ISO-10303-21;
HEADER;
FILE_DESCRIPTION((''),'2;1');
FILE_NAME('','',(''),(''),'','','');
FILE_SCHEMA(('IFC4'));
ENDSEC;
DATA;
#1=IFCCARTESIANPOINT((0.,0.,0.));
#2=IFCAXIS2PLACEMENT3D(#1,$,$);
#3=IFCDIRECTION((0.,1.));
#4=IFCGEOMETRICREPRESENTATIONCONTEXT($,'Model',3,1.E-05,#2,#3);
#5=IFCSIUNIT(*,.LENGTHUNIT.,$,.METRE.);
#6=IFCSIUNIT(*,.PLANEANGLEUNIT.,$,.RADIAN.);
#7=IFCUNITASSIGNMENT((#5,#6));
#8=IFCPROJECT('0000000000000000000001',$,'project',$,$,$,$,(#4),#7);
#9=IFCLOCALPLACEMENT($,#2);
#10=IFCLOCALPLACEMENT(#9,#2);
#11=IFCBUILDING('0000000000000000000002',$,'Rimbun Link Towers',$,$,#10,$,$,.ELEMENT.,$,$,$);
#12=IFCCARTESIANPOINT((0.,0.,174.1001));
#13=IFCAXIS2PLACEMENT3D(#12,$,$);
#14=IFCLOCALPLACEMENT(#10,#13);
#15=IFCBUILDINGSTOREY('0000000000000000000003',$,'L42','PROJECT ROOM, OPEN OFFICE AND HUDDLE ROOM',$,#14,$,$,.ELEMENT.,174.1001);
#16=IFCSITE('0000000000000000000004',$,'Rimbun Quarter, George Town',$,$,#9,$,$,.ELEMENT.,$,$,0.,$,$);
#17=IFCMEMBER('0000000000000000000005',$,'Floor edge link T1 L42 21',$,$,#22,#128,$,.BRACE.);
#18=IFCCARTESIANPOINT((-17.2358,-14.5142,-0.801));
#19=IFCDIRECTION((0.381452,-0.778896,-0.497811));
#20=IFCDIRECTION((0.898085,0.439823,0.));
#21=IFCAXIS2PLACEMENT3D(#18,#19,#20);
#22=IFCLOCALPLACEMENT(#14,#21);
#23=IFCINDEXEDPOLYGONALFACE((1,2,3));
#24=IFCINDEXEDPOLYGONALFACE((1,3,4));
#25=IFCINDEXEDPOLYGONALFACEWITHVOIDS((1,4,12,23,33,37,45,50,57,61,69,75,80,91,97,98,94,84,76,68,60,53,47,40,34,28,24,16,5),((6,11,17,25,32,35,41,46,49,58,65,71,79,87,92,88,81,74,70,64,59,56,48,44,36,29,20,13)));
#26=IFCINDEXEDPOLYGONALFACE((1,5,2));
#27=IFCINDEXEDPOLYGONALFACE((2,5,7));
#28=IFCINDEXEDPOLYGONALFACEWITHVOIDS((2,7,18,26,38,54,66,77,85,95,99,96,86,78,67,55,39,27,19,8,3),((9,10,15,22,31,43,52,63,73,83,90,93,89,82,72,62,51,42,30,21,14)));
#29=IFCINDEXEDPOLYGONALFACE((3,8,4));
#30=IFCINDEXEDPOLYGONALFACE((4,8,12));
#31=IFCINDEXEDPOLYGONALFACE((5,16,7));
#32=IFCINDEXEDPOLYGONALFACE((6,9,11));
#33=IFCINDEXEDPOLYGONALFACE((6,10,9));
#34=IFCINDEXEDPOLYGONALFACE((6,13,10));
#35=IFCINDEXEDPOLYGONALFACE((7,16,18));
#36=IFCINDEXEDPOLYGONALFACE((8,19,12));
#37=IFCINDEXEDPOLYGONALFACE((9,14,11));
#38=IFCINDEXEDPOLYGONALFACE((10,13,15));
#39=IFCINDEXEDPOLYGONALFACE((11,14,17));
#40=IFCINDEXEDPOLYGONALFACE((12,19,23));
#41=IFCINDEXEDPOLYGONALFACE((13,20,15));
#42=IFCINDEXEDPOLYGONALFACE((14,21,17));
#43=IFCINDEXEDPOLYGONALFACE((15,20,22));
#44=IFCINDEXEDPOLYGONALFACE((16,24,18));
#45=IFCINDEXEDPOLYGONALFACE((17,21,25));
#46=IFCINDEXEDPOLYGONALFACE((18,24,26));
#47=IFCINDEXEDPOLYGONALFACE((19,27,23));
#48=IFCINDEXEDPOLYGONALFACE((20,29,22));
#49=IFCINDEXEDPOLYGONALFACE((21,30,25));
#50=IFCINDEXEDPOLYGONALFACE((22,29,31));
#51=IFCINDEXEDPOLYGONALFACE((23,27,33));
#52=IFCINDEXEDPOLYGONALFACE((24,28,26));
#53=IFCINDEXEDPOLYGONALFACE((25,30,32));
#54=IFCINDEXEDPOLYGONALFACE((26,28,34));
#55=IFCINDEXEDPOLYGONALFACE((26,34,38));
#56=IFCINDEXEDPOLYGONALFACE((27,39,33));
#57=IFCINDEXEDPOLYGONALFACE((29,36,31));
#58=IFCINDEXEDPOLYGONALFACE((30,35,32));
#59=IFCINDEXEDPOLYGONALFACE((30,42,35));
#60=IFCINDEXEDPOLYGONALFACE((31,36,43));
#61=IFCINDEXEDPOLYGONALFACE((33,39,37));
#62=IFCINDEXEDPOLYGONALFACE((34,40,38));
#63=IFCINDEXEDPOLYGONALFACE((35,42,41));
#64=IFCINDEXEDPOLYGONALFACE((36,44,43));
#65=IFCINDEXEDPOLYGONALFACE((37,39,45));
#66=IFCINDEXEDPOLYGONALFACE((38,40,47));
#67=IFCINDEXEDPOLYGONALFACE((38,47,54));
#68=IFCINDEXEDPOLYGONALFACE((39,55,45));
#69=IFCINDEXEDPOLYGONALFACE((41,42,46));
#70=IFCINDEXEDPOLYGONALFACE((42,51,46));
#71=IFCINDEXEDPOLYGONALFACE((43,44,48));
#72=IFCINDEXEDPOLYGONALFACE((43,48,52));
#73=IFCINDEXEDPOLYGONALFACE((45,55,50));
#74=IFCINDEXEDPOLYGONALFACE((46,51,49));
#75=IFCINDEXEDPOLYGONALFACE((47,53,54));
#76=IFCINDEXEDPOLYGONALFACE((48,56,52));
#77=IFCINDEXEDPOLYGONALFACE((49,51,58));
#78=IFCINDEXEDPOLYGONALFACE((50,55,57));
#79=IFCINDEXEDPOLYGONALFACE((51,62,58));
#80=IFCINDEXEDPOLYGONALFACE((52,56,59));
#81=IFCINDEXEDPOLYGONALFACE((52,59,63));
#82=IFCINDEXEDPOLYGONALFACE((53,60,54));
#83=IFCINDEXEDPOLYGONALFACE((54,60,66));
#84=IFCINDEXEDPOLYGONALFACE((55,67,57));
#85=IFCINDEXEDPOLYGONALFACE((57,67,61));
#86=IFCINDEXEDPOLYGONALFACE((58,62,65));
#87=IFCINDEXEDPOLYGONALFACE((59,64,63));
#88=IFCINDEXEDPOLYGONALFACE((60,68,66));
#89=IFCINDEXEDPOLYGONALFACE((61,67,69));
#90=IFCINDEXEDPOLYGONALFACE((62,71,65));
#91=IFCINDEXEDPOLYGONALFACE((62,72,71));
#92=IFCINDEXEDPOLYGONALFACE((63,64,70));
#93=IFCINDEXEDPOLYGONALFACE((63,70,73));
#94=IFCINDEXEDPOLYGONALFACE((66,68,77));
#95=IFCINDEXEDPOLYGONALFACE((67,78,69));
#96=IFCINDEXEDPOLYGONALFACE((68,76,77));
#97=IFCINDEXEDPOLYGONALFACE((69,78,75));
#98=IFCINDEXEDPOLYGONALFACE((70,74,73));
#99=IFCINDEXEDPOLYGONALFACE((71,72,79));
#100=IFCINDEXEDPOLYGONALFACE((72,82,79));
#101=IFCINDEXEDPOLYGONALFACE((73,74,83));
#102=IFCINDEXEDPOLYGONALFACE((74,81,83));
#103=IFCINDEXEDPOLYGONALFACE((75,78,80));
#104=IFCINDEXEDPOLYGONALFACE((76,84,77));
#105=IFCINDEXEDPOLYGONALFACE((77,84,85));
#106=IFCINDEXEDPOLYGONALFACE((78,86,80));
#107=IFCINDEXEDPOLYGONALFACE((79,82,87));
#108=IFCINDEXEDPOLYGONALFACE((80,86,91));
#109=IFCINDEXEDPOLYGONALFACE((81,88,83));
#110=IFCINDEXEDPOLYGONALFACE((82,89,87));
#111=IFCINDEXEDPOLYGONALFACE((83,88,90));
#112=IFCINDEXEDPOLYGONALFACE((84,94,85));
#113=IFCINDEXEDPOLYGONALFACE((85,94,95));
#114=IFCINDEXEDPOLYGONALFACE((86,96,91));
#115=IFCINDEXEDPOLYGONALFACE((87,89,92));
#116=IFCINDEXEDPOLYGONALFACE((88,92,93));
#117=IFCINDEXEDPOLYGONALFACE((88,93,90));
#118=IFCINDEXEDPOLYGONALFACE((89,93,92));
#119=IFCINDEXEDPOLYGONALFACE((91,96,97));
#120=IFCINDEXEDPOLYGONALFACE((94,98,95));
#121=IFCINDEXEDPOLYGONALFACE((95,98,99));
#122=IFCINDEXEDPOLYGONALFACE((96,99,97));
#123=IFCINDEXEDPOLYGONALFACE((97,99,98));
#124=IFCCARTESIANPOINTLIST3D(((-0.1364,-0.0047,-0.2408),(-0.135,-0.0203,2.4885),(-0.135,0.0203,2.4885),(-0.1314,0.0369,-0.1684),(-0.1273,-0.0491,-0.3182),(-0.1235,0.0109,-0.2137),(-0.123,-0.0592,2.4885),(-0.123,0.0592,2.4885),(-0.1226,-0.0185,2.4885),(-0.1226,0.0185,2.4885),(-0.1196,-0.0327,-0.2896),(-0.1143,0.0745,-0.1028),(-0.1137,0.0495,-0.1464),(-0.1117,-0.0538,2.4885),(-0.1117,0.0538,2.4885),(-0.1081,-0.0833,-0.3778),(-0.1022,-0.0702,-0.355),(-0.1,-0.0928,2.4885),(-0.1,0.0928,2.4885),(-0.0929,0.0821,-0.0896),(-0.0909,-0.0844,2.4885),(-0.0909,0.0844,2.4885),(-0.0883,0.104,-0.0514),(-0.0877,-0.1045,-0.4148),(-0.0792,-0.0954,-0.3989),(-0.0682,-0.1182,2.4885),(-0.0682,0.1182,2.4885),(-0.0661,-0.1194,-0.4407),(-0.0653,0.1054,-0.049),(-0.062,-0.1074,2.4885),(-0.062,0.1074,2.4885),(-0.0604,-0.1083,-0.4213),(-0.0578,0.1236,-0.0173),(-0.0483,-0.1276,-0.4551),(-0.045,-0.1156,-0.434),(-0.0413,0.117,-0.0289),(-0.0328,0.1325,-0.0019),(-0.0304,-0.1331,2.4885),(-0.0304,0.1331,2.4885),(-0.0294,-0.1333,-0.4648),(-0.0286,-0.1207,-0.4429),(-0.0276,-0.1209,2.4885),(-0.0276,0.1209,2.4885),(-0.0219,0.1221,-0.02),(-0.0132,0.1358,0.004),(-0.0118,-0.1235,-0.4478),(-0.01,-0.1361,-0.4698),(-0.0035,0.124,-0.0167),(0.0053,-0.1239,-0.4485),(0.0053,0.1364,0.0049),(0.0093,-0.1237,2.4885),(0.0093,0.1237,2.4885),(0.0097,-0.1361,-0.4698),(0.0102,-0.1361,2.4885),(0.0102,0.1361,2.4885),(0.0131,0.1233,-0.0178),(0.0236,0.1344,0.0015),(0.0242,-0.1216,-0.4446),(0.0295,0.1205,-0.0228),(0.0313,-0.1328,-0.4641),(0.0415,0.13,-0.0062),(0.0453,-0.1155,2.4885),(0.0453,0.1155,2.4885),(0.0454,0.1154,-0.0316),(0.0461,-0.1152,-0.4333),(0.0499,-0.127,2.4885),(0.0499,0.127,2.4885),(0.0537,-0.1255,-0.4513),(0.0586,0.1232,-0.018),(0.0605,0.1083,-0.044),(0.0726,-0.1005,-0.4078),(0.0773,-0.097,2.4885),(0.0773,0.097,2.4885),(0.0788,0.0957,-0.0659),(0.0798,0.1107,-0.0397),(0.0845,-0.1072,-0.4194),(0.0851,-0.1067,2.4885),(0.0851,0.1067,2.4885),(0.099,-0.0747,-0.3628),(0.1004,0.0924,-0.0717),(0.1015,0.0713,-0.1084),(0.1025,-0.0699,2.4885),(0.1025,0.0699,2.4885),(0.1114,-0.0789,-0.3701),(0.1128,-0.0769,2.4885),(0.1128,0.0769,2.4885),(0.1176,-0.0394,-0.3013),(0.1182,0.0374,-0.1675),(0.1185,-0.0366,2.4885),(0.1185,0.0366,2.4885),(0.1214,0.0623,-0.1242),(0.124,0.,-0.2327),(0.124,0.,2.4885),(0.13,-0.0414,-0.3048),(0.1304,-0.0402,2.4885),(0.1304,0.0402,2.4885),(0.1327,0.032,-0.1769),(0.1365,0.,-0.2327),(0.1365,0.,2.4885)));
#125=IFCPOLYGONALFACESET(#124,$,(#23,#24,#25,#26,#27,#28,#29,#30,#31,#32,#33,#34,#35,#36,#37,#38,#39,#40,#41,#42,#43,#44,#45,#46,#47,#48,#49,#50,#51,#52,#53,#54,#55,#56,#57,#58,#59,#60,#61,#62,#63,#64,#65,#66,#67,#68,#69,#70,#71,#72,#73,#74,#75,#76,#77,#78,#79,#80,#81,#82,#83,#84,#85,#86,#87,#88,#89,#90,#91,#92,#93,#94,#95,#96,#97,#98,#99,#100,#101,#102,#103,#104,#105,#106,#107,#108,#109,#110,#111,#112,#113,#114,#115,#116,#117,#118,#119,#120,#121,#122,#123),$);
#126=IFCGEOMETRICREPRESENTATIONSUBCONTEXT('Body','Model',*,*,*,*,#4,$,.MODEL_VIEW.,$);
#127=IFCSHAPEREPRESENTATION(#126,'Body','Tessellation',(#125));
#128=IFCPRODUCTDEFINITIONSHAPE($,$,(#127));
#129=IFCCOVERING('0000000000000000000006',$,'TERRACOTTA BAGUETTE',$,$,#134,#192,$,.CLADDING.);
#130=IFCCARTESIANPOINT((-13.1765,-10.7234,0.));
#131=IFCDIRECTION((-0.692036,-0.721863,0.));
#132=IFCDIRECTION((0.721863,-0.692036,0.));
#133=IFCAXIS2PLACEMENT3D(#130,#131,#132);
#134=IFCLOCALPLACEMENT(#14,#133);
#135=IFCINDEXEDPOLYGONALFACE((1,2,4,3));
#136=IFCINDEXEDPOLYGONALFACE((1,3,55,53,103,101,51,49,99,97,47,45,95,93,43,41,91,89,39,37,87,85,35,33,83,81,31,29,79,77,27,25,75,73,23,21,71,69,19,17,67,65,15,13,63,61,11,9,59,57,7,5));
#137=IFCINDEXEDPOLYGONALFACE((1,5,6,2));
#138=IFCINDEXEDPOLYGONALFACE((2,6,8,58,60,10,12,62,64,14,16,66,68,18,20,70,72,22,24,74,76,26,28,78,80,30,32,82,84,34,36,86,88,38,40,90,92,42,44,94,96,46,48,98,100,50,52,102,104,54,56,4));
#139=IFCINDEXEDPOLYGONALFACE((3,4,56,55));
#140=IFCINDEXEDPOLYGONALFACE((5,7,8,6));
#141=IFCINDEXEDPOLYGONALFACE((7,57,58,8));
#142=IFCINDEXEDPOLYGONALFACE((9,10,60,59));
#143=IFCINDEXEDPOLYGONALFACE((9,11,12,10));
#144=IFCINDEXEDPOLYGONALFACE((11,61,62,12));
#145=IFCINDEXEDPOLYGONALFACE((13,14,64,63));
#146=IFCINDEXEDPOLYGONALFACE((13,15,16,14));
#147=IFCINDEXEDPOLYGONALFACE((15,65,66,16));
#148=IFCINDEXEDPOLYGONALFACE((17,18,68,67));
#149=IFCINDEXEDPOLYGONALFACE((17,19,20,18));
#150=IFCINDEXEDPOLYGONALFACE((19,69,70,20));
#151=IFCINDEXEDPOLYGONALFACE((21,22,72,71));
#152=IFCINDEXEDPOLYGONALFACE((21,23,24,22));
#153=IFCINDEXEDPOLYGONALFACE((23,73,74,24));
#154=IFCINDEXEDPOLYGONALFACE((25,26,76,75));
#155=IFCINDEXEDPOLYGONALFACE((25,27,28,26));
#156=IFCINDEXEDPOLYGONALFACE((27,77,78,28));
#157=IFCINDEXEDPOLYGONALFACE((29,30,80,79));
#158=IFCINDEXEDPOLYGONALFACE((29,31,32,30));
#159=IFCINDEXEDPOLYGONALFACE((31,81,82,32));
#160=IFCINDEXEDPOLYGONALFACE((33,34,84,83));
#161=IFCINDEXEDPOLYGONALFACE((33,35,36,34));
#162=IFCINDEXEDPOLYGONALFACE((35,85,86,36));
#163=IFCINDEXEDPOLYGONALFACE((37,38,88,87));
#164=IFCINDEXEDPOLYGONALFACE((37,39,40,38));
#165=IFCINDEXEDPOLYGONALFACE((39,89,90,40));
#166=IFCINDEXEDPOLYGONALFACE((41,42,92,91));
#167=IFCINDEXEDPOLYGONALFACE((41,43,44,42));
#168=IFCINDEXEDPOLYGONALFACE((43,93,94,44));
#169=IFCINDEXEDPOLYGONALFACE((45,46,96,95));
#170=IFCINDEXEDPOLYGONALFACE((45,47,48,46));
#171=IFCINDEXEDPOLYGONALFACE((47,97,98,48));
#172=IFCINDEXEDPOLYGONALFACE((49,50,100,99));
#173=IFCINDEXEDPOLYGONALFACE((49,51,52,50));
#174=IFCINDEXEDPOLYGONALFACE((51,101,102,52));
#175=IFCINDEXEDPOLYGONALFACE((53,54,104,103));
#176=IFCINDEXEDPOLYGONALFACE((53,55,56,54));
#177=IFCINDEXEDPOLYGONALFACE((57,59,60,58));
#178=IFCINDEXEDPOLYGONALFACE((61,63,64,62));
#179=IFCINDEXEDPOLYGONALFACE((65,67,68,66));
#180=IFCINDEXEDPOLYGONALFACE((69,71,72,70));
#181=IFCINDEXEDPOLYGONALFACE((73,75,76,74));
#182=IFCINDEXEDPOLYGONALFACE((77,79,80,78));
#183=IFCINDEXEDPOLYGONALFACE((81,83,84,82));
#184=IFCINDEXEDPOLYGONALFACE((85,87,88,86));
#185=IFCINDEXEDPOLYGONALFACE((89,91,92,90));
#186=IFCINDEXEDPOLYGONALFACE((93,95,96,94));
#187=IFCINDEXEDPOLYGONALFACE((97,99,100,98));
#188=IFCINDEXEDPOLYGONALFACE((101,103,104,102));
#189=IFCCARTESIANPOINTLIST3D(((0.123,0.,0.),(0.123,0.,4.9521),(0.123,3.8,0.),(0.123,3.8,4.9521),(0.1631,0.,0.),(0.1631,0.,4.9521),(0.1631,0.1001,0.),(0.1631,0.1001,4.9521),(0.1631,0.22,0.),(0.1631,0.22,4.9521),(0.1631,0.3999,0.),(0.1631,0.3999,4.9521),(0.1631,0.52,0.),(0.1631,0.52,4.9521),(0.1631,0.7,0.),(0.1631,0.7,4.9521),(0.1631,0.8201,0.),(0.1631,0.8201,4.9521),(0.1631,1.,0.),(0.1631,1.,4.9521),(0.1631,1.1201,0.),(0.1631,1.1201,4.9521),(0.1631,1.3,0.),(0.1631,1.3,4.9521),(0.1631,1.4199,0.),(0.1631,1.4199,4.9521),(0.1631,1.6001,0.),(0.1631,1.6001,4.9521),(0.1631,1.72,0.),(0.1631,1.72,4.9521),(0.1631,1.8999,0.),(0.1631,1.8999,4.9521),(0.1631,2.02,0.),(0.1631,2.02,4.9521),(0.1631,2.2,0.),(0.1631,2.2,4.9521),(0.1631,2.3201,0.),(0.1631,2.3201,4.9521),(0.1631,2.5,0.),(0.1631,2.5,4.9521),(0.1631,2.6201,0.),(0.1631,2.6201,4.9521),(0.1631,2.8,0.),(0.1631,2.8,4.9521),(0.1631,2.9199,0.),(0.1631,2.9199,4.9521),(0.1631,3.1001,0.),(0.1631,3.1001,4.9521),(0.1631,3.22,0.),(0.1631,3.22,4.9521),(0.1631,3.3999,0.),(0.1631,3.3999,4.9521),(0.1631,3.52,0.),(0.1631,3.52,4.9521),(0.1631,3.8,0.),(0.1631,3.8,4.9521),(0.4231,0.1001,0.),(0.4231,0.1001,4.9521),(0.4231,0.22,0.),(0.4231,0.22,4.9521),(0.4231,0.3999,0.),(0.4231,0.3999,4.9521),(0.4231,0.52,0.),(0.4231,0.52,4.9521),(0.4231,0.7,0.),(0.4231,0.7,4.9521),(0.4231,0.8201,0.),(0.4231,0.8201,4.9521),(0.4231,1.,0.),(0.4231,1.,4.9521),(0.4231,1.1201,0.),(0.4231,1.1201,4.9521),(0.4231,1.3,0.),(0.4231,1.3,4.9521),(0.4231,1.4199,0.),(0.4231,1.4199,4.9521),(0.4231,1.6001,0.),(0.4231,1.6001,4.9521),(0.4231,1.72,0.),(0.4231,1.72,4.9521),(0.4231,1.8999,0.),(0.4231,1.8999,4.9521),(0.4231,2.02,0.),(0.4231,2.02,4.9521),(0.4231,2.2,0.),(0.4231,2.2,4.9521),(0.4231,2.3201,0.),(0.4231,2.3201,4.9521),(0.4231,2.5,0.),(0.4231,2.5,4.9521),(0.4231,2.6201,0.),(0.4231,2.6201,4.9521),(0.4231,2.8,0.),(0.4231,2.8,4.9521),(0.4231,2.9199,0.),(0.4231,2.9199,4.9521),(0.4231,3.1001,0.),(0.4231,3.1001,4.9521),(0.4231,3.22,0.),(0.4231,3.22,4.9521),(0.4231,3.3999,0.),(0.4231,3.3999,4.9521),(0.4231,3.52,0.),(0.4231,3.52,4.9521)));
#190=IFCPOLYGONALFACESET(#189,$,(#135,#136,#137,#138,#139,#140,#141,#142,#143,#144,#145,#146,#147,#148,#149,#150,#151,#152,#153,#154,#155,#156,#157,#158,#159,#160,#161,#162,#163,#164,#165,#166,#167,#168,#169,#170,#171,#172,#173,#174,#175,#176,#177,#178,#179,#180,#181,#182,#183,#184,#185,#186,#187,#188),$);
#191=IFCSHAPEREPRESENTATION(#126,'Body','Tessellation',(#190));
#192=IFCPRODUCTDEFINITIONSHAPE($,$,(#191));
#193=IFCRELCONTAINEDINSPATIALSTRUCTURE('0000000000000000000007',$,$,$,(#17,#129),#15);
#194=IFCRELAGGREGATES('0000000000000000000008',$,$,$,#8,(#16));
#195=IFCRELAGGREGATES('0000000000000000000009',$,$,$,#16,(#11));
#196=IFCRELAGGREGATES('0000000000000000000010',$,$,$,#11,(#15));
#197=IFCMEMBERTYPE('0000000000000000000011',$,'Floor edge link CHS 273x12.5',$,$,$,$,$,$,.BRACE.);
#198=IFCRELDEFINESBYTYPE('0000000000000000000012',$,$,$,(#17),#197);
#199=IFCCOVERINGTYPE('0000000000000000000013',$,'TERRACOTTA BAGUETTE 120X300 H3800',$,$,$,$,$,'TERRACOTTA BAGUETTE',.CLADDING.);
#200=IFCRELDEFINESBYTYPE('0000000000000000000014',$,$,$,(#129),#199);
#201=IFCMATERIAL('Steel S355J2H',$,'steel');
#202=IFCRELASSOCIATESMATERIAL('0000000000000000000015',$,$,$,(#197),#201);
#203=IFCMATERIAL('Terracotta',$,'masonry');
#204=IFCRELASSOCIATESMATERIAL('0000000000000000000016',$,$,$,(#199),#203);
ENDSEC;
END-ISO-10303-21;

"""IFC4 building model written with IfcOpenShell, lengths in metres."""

from ifc_helpers import new_model, si_unit, direction, frame, origin, origin_2d, place, context, subcontext, project, spatial, polyline, hollow_circle, outline, extrude, clip, halfspace, material, material_profile, profile_set, type_object, element, save


model = new_model("IFC4")

# Units and contexts
model_context = context("Model", 3, precision=1e-05, world=origin(), true_north=direction((0.0, 1.0)))
body_context = subcontext(model_context, "Body", "Model", "MODEL_VIEW")
ifc_project = project(units=[si_unit("LENGTHUNIT", "METRE"), si_unit("PLANEANGLEUNIT", "RADIAN")], contexts=[model_context])

# Site, building, storey
site_placement = place(None, origin())
site = spatial("IfcSite", under=ifc_project, at=site_placement, Name="Rimbun Quarter, George Town", CompositionType="ELEMENT", RefElevation=0.0)
building_placement = place(site_placement, origin())
building = spatial("IfcBuilding", under=site, at=building_placement, Name="Rimbun Link Towers", CompositionType="ELEMENT")
storey_placement = place(building_placement, frame((0.0, 0.0, 174.1001)))
storey = spatial("IfcBuildingStorey", under=building, at=storey_placement, Name="L42", Description="PROJECT ROOM, OPEN OFFICE AND HUDDLE ROOM", CompositionType="ELEMENT", Elevation=174.1001)

# Member
ifc_material_1 = material(Name="Steel S355J2H", Category="steel")
ifc_material_profile_1 = material_profile(ifc_material_1, hollow_circle(Radius=0.1365, WallThickness=0.0125, at=origin_2d()), Name="CHS 273x12.5")
ifc_profile_set_1 = profile_set([ifc_material_profile_1], Name="Steel S355J2H")
member_type_1 = type_object("IfcMemberType", Name="Floor edge link CHS 273x12.5", PredefinedType="BRACE", material=ifc_profile_set_1)
member_1_placement = place(storey_placement, frame((-17.2358, -14.5142, -0.801), z_axis=(0.381452, -0.778896, -0.497811), x_axis=(0.898085, 0.439823, 0.0)))
element("IfcMember", 1, at=member_1_placement, inside=storey, type_object=member_type_1, Name="Floor edge link T1 L42 21", PredefinedType="BRACE", context=body_context, shape_type="Clipping", body=[
    clip(extrude(hollow_circle(Radius=0.1365, WallThickness=0.0125, at=origin_2d()), frame((0.0, 0.0, -0.4956)), (0.0, 0.0, 1.0), 2.9841), halfspace(frame((0.0, 0.0, -0.2327), z_axis=(0.0, 0.867286, -0.497811)), False)),
])

# Covering
ifc_material_2 = material(Name="Terracotta", Category="masonry")
ifc_material_profile_2 = material_profile(ifc_material_2, outline(polyline([(0.123, 0.0), (0.1631, 0.0), (0.1631, 0.1001), (0.4231, 0.1001), (0.4231, 0.22), (0.1631, 0.22), (0.1631, 0.3999), (0.4231, 0.3999), (0.4231, 0.52), (0.1631, 0.52), (0.1631, 0.7), (0.4231, 0.7), (0.4231, 0.8201), (0.1631, 0.8201), (0.1631, 1.0), (0.4231, 1.0), (0.4231, 1.1201), (0.1631, 1.1201), (0.1631, 1.3), (0.4231, 1.3), (0.4231, 1.4199), (0.1631, 1.4199), (0.1631, 1.6001), (0.4231, 1.6001), (0.4231, 1.72), (0.1631, 1.72), (0.1631, 1.8999), (0.4231, 1.8999), (0.4231, 2.02), (0.1631, 2.02), (0.1631, 2.2), (0.4231, 2.2), (0.4231, 2.3201), (0.1631, 2.3201), (0.1631, 2.5), (0.4231, 2.5), (0.4231, 2.6201), (0.1631, 2.6201), (0.1631, 2.8), (0.4231, 2.8), (0.4231, 2.9199), (0.1631, 2.9199), (0.1631, 3.1001), (0.4231, 3.1001), (0.4231, 3.22), (0.1631, 3.22), (0.1631, 3.3999), (0.4231, 3.3999), (0.4231, 3.52), (0.1631, 3.52), (0.1631, 3.8), (0.123, 3.8), (0.123, 0.0)])), Name="BAGUETTE 120X300")
ifc_profile_set_2 = profile_set([ifc_material_profile_2], Name="Terracotta")
covering_type = type_object("IfcCoveringType", Name="TERRACOTTA BAGUETTE 120X300 H3800", ElementType="TERRACOTTA BAGUETTE", PredefinedType="CLADDING", material=ifc_profile_set_2)
covering_placement = place(storey_placement, frame((-13.1765, -10.7234, 0.0), z_axis=(-0.692036, -0.721863, 0.0), x_axis=(0.721863, -0.692036, 0.0)))
element("IfcCovering", 2, at=covering_placement, inside=storey, type_object=covering_type, Name="TERRACOTTA BAGUETTE", PredefinedType="CLADDING", context=body_context, shape_type="SweptSolid", body=[
    extrude(outline(polyline([(0.123, 0.0), (0.1631, 0.0), (0.1631, 0.1001), (0.4231, 0.1001), (0.4231, 0.22), (0.1631, 0.22), (0.1631, 0.3999), (0.4231, 0.3999), (0.4231, 0.52), (0.1631, 0.52), (0.1631, 0.7), (0.4231, 0.7), (0.4231, 0.8201), (0.1631, 0.8201), (0.1631, 1.0), (0.4231, 1.0), (0.4231, 1.1201), (0.1631, 1.1201), (0.1631, 1.3), (0.4231, 1.3), (0.4231, 1.4199), (0.1631, 1.4199), (0.1631, 1.6001), (0.4231, 1.6001), (0.4231, 1.72), (0.1631, 1.72), (0.1631, 1.8999), (0.4231, 1.8999), (0.4231, 2.02), (0.1631, 2.02), (0.1631, 2.2), (0.4231, 2.2), (0.4231, 2.3201), (0.1631, 2.3201), (0.1631, 2.5), (0.4231, 2.5), (0.4231, 2.6201), (0.1631, 2.6201), (0.1631, 2.8), (0.4231, 2.8), (0.4231, 2.9199), (0.1631, 2.9199), (0.1631, 3.1001), (0.4231, 3.1001), (0.4231, 3.22), (0.1631, 3.22), (0.1631, 3.3999), (0.4231, 3.3999), (0.4231, 3.52), (0.1631, 3.52), (0.1631, 3.8), (0.123, 3.8), (0.123, 0.0)])), origin(), (0.0, 0.0, 1.0), 4.9521),
])

save(model, "model.ifc")
